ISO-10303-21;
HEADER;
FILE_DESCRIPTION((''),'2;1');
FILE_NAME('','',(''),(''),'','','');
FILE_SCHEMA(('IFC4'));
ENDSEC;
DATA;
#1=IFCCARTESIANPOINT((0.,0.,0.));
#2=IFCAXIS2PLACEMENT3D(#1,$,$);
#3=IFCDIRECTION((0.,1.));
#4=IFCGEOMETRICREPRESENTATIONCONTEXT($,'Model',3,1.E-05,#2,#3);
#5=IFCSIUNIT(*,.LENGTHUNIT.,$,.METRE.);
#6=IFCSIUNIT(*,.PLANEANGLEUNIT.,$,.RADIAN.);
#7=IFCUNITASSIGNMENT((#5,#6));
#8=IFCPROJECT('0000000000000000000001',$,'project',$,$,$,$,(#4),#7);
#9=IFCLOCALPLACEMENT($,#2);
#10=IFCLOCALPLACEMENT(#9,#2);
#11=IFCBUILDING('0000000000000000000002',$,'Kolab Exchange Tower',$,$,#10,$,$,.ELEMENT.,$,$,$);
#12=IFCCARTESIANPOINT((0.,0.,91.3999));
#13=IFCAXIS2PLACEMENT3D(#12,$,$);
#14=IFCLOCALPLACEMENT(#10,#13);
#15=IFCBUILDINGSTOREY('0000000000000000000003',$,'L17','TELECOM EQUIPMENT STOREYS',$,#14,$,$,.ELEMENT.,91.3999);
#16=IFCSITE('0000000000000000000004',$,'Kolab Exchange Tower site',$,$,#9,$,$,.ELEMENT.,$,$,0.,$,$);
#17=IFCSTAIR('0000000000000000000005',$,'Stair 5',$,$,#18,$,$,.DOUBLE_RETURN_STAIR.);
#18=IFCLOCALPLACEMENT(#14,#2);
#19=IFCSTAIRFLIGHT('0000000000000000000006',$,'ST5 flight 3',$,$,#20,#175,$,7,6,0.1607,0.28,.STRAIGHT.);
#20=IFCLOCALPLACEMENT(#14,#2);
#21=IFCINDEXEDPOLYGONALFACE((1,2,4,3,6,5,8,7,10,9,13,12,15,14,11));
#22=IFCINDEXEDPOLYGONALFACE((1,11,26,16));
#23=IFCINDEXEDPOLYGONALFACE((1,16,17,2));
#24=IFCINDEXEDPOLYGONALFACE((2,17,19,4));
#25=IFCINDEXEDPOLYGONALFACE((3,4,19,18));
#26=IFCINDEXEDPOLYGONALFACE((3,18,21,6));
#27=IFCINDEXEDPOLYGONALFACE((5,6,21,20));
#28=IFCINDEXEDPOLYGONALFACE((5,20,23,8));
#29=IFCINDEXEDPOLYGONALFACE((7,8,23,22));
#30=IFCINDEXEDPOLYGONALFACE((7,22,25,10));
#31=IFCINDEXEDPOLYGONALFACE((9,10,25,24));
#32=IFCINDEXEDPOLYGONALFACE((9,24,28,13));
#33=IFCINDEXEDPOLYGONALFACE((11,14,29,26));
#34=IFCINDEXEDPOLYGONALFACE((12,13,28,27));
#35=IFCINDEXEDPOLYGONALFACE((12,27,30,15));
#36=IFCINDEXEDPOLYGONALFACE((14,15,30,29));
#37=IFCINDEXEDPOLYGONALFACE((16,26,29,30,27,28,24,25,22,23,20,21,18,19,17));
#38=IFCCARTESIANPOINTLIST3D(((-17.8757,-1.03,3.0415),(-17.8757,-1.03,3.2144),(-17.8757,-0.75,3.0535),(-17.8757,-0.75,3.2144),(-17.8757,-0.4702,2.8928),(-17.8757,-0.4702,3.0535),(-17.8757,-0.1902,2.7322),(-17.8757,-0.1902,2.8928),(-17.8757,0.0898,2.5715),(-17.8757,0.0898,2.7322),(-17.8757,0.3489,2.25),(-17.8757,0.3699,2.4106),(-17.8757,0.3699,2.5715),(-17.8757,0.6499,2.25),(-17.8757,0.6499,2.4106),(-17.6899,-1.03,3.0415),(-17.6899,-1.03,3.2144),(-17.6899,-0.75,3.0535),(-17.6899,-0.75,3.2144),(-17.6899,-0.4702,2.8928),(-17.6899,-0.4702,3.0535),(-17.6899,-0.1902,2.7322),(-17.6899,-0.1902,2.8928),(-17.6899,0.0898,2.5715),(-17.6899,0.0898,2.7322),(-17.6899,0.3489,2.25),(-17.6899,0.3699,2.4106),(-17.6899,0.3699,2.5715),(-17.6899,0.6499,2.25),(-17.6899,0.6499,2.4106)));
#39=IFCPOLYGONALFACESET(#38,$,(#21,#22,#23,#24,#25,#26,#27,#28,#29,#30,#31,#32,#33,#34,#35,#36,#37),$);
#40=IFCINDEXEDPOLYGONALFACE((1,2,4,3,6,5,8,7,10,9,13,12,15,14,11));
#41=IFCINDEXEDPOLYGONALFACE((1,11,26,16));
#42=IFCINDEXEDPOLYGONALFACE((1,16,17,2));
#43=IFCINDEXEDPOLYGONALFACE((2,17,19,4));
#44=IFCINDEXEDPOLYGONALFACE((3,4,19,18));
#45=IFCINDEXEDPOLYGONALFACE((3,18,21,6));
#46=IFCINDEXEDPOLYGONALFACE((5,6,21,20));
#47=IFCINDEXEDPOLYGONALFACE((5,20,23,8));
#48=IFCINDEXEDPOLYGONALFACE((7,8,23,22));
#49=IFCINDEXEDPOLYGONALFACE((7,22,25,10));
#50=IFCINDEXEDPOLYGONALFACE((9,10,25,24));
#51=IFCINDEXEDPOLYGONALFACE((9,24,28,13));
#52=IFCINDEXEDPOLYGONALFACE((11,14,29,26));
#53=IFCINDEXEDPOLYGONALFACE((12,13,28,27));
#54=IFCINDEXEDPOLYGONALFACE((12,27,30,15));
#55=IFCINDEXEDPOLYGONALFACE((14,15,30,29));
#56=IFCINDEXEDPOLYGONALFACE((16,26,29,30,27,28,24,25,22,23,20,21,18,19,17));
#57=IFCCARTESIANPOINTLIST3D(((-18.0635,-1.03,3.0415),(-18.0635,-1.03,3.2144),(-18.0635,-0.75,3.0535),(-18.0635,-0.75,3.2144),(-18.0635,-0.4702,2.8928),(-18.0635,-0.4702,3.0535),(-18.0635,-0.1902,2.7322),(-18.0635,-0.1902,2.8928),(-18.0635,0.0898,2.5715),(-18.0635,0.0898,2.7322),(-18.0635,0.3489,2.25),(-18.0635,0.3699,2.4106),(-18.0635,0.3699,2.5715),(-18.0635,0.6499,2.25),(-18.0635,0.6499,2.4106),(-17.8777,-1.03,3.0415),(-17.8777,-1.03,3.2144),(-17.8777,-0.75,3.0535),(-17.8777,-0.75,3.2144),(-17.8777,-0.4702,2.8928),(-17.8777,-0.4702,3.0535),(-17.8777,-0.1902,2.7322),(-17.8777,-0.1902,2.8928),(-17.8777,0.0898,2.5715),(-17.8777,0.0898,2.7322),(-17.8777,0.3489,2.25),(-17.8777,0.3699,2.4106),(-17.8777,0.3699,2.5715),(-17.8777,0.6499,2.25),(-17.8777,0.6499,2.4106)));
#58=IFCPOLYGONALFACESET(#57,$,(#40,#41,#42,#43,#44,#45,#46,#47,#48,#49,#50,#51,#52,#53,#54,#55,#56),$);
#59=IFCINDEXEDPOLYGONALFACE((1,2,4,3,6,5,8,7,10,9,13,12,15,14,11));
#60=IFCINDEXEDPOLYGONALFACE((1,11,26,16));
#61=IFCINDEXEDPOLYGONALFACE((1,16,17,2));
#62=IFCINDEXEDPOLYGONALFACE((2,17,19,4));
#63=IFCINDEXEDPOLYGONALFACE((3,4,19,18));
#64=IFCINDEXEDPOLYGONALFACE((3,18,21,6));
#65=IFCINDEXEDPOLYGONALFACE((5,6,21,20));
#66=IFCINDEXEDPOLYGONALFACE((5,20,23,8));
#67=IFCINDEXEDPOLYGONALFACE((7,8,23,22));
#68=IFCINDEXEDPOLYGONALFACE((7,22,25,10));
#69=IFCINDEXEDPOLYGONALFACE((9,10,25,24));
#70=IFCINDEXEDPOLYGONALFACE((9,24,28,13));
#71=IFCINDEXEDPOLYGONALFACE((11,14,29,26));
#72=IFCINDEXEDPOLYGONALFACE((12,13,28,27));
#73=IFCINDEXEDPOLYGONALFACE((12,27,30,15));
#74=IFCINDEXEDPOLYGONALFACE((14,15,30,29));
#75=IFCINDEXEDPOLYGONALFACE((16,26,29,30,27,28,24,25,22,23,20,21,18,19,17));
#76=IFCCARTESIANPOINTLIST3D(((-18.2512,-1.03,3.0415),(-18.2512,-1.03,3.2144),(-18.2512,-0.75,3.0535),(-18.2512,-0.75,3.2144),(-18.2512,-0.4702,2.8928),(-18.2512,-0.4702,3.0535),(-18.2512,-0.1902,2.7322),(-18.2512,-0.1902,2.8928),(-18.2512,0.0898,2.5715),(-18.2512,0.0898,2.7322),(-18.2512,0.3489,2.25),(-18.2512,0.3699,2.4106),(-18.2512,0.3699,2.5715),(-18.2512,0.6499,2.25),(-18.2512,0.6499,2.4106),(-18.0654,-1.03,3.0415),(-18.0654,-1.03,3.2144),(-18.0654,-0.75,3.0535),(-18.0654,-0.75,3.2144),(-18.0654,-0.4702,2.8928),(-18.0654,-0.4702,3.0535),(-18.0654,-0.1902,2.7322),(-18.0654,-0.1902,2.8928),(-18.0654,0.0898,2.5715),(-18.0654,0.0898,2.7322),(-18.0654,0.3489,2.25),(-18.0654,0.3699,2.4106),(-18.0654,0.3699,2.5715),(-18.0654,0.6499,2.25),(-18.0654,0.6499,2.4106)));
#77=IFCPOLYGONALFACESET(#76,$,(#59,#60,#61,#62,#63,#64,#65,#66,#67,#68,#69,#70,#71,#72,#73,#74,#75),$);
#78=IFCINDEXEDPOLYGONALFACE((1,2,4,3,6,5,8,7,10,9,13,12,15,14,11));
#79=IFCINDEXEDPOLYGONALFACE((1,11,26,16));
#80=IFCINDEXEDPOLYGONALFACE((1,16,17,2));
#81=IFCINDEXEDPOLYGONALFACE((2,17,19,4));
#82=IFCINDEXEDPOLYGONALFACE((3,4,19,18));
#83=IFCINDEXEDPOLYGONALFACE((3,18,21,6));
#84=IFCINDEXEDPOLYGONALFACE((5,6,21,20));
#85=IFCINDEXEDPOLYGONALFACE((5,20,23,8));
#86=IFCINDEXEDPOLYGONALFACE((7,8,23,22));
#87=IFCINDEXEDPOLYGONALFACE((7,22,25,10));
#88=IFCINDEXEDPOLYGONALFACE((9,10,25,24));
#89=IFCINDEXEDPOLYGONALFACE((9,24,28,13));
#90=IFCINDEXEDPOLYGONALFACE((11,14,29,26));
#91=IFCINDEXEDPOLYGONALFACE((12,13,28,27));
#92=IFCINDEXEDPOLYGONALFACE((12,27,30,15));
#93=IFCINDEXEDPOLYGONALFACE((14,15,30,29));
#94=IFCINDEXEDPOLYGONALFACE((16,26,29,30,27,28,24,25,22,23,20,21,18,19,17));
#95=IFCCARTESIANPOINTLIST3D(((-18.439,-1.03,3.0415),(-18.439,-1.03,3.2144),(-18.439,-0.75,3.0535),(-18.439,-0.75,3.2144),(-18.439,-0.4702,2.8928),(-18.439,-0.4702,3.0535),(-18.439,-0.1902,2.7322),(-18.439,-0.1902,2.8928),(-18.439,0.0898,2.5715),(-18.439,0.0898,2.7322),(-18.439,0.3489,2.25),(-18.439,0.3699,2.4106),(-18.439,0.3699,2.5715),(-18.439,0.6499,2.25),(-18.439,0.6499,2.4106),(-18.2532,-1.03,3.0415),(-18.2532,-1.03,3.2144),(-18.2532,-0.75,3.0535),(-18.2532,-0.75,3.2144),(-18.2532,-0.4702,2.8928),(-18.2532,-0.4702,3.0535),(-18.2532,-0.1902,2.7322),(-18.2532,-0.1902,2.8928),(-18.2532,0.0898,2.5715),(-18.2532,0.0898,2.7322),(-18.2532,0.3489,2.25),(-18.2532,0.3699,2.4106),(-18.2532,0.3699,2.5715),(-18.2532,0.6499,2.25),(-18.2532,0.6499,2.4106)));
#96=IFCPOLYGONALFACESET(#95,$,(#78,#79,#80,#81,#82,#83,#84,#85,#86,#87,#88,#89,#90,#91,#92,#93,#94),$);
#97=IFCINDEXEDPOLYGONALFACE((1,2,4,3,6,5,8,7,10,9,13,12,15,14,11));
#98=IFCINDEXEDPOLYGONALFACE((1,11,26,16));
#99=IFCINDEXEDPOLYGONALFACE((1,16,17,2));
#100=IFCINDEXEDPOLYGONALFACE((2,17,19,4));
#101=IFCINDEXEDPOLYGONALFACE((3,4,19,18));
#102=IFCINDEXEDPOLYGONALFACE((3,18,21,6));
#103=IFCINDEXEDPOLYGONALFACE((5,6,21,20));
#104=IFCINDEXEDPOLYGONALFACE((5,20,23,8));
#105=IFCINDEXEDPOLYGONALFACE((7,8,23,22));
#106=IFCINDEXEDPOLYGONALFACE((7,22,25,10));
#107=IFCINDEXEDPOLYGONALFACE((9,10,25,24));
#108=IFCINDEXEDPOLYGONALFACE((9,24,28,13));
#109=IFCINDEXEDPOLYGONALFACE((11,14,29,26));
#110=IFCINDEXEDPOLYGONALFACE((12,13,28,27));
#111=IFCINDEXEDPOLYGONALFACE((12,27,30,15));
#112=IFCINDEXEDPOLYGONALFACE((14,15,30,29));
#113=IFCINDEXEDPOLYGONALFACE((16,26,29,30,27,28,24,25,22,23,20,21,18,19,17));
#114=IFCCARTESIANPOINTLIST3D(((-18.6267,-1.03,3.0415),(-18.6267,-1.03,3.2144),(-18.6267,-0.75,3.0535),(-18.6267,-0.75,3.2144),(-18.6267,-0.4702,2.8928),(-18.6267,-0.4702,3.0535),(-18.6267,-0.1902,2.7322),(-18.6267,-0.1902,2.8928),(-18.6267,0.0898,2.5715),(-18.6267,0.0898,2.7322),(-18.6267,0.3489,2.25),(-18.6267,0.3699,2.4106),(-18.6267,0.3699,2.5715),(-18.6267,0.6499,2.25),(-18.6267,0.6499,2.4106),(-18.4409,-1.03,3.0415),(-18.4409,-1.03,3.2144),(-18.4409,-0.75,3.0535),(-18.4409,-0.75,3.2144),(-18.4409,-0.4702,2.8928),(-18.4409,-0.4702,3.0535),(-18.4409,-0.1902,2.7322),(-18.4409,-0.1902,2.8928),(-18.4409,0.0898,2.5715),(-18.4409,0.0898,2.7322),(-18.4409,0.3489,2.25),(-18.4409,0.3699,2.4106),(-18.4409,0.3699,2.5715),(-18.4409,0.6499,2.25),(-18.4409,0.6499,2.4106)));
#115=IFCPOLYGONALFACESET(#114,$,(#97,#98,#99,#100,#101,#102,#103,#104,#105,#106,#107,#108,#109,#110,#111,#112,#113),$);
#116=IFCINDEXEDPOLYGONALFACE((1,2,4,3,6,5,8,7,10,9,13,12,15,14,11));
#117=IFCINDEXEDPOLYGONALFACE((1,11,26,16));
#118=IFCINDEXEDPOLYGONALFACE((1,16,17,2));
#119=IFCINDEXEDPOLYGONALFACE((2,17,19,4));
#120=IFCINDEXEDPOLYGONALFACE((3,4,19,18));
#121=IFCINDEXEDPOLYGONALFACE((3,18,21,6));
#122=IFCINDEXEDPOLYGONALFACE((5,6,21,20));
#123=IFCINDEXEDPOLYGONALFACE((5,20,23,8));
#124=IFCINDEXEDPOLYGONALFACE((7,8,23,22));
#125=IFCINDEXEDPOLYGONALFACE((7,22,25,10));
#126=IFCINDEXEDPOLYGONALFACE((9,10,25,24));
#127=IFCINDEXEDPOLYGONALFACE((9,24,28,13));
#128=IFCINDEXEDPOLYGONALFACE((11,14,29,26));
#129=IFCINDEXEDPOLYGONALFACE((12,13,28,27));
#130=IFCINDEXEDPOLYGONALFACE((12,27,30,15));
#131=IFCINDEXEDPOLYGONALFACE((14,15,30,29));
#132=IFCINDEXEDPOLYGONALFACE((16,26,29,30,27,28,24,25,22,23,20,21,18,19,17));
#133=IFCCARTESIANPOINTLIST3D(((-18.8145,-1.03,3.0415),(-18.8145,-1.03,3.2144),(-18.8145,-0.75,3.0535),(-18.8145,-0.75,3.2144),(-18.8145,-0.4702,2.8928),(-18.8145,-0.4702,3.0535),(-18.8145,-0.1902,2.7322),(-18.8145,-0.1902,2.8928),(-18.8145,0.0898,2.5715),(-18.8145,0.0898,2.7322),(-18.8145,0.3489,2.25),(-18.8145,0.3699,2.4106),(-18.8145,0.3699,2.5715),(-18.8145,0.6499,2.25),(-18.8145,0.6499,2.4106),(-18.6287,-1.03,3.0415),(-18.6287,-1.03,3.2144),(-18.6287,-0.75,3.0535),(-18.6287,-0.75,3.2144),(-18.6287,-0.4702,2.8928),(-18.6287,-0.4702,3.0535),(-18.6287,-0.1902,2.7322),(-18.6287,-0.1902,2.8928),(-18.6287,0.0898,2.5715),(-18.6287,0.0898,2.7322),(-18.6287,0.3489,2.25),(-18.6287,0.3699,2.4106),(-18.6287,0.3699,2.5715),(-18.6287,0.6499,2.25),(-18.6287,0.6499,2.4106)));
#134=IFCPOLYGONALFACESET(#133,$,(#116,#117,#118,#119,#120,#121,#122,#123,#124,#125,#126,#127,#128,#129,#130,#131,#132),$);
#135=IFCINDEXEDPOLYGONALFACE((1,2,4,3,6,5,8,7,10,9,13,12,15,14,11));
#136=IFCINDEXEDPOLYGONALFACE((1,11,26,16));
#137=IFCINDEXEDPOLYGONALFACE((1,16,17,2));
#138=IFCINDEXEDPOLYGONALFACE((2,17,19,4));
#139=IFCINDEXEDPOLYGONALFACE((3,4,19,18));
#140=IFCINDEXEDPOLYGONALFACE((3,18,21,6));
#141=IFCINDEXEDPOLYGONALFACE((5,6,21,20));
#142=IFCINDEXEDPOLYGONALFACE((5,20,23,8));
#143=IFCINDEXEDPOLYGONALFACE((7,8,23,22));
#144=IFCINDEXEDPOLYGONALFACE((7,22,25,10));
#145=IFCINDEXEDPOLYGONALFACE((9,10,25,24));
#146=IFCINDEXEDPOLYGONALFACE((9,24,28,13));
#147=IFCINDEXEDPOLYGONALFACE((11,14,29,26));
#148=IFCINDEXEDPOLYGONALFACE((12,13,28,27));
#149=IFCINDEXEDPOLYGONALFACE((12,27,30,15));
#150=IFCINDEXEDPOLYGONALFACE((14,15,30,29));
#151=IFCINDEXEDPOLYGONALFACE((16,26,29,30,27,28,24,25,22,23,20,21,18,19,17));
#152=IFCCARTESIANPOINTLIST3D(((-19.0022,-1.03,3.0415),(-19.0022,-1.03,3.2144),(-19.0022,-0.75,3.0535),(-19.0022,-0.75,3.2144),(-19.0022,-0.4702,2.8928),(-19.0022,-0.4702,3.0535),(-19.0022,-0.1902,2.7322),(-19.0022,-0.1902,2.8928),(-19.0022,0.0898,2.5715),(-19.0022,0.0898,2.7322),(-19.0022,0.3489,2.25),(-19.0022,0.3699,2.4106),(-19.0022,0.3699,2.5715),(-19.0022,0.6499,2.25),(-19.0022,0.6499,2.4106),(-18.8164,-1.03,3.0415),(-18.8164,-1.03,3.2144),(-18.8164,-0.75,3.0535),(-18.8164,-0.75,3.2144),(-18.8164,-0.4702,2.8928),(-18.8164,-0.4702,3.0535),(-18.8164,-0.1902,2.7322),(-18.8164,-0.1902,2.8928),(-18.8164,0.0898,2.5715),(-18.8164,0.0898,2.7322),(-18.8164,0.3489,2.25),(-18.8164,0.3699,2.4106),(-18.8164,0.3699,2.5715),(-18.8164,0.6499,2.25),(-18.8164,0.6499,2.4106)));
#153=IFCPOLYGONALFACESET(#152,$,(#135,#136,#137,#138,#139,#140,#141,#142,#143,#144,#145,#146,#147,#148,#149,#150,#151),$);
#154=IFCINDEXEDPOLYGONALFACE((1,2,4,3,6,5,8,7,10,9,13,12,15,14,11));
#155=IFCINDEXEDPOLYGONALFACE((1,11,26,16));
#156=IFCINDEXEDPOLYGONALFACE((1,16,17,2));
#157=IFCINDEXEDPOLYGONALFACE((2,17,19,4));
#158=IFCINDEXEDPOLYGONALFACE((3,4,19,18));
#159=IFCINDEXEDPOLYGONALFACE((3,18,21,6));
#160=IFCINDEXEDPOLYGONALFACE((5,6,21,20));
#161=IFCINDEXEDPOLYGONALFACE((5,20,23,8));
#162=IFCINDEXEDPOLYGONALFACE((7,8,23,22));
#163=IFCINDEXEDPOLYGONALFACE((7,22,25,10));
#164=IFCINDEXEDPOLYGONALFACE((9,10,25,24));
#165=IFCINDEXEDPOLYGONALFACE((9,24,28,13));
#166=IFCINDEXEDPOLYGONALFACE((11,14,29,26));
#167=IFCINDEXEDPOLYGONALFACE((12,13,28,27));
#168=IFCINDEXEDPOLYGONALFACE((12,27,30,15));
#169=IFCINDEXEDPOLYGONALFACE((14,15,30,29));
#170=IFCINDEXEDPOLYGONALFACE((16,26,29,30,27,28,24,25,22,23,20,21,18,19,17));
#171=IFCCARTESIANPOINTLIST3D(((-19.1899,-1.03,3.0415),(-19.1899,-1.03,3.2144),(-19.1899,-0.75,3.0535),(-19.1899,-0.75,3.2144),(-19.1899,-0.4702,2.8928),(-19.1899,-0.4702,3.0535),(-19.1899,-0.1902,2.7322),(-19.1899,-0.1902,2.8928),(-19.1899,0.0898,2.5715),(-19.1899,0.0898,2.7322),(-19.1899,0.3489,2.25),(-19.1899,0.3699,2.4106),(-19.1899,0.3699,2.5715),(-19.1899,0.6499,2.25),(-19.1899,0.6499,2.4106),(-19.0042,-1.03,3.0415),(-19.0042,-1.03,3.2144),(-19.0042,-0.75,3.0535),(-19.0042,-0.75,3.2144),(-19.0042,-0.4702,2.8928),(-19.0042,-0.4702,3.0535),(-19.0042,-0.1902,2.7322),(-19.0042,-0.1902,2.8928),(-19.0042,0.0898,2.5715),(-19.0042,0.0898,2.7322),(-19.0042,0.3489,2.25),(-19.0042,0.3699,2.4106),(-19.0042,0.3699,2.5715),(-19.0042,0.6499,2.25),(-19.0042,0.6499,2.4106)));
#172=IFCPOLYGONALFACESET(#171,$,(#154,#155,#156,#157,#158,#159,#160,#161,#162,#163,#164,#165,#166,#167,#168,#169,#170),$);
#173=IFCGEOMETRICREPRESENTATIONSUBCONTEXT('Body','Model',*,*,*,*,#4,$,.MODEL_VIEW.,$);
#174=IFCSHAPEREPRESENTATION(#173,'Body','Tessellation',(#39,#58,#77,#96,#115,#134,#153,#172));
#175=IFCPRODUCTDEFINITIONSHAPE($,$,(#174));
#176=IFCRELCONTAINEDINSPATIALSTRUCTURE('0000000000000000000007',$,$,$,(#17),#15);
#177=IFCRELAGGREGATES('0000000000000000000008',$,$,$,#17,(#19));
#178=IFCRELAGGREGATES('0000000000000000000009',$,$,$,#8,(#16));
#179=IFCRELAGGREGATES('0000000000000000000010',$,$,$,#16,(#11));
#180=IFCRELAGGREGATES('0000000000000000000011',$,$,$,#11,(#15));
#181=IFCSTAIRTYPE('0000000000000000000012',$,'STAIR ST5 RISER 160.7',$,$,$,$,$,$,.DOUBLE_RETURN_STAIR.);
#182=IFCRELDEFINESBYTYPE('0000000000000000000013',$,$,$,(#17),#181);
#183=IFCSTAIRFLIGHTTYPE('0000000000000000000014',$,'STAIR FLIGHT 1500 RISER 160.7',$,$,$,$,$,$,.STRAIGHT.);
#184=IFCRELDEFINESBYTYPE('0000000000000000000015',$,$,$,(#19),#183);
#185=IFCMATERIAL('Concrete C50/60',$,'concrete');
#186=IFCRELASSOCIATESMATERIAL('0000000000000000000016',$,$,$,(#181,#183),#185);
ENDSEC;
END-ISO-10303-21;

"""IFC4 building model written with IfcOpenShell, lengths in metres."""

from ifc_helpers import new_model, si_unit, direction, frame, origin, place, context, subcontext, project, spatial, polyline, outline, extrude, material, type_object, element, aggregate, save


model = new_model("IFC4")

# Units and contexts
model_context = context("Model", 3, precision=1e-05, world=origin(), true_north=direction((0.0, 1.0)))
body_context = subcontext(model_context, "Body", "Model", "MODEL_VIEW")
ifc_project = project(units=[si_unit("LENGTHUNIT", "METRE"), si_unit("PLANEANGLEUNIT", "RADIAN")], contexts=[model_context])

# Site, building, storey
site_placement = place(None, origin())
site = spatial("IfcSite", under=ifc_project, at=site_placement, Name="Kolab Exchange Tower site", CompositionType="ELEMENT", RefElevation=0.0)
building_placement = place(site_placement, origin())
building = spatial("IfcBuilding", under=site, at=building_placement, Name="Kolab Exchange Tower", CompositionType="ELEMENT")
storey_placement = place(building_placement, frame((0.0, 0.0, 91.3999)))
storey = spatial("IfcBuildingStorey", under=building, at=storey_placement, Name="L17", Description="TELECOM EQUIPMENT STOREYS", CompositionType="ELEMENT", Elevation=91.3999)

# Shared definitions
ifc_material_1 = material(Name="Concrete C50/60", Category="concrete")

# Stair, stair flight
stair_type = type_object("IfcStairType", Name="STAIR ST5 RISER 160.7", PredefinedType="DOUBLE_RETURN_STAIR", material=ifc_material_1)
stair_placement = place(storey_placement, origin())
stair = element("IfcStair", 1, at=stair_placement, inside=storey, type_object=stair_type, Name="Stair 5", PredefinedType="DOUBLE_RETURN_STAIR")
stair_flight_type = type_object("IfcStairFlightType", Name="STAIR FLIGHT 1500 RISER 160.7", PredefinedType="STRAIGHT", material=ifc_material_1)
stair_flight_1_placement = place(storey_placement, frame((-18.4399, 0.6499, 2.25), z_axis=(0.0, 0.0, 1.0), x_axis=(0.0, -1.0, 0.0)))
stair_flight_1 = element("IfcStairFlight", 2, at=stair_flight_1_placement, type_object=stair_flight_type, Name="ST5 flight 3", NumberOfRisers=7, NumberOfTreads=6, PredefinedType="STRAIGHT", RiserHeight=0.1607, TreadLength=0.28, context=body_context, shape_type="SweptSolid", body=[
    extrude(outline(polyline([(0.0, 0.0), (0.0, 0.1606), (0.28, 0.1606), (0.28, 0.3215), (0.5601, 0.3215), (0.5601, 0.4822), (0.8401, 0.4822), (0.8401, 0.6428), (1.1201, 0.6428), (1.1201, 0.8035), (1.3999, 0.8035), (1.3999, 0.9644), (1.6799, 0.9644), (1.6799, 1.125), (1.6799, 0.7915), (0.301, 0.0), (0.0, 0.0)])), frame((0.0, 0.75, 0.0), z_axis=(0.0, -1.0, 0.0), x_axis=(1.0, 0.0, 0.0)), (0.0, 0.0, 1.0), 0.1858),
    extrude(outline(polyline([(0.0, 0.0), (0.0, 0.1606), (0.28, 0.1606), (0.28, 0.3215), (0.5601, 0.3215), (0.5601, 0.4822), (0.8401, 0.4822), (0.8401, 0.6428), (1.1201, 0.6428), (1.1201, 0.8035), (1.3999, 0.8035), (1.3999, 0.9644), (1.6799, 0.9644), (1.6799, 1.125), (1.6799, 0.7915), (0.301, 0.0), (0.0, 0.0)])), frame((0.0, 0.5623, 0.0), z_axis=(0.0, -1.0, 0.0), x_axis=(1.0, 0.0, 0.0)), (0.0, 0.0, 1.0), 0.1858),
    extrude(outline(polyline([(0.0, 0.0), (0.0, 0.1606), (0.28, 0.1606), (0.28, 0.3215), (0.5601, 0.3215), (0.5601, 0.4822), (0.8401, 0.4822), (0.8401, 0.6428), (1.1201, 0.6428), (1.1201, 0.8035), (1.3999, 0.8035), (1.3999, 0.9644), (1.6799, 0.9644), (1.6799, 1.125), (1.6799, 0.7915), (0.301, 0.0), (0.0, 0.0)])), frame((0.0, 0.3745, 0.0), z_axis=(0.0, -1.0, 0.0), x_axis=(1.0, 0.0, 0.0)), (0.0, 0.0, 1.0), 0.1858),
    extrude(outline(polyline([(0.0, 0.0), (0.0, 0.1606), (0.28, 0.1606), (0.28, 0.3215), (0.5601, 0.3215), (0.5601, 0.4822), (0.8401, 0.4822), (0.8401, 0.6428), (1.1201, 0.6428), (1.1201, 0.8035), (1.3999, 0.8035), (1.3999, 0.9644), (1.6799, 0.9644), (1.6799, 1.125), (1.6799, 0.7915), (0.301, 0.0), (0.0, 0.0)])), frame((0.0, 0.1868, 0.0), z_axis=(0.0, -1.0, 0.0), x_axis=(1.0, 0.0, 0.0)), (0.0, 0.0, 1.0), 0.1858),
    extrude(outline(polyline([(0.0, 0.0), (0.0, 0.1606), (0.28, 0.1606), (0.28, 0.3215), (0.5601, 0.3215), (0.5601, 0.4822), (0.8401, 0.4822), (0.8401, 0.6428), (1.1201, 0.6428), (1.1201, 0.8035), (1.3999, 0.8035), (1.3999, 0.9644), (1.6799, 0.9644), (1.6799, 1.125), (1.6799, 0.7915), (0.301, 0.0), (0.0, 0.0)])), frame((0.0, -0.001, 0.0), z_axis=(0.0, -1.0, 0.0), x_axis=(1.0, 0.0, 0.0)), (0.0, 0.0, 1.0), 0.1858),
    extrude(outline(polyline([(0.0, 0.0), (0.0, 0.1606), (0.28, 0.1606), (0.28, 0.3215), (0.5601, 0.3215), (0.5601, 0.4822), (0.8401, 0.4822), (0.8401, 0.6428), (1.1201, 0.6428), (1.1201, 0.8035), (1.3999, 0.8035), (1.3999, 0.9644), (1.6799, 0.9644), (1.6799, 1.125), (1.6799, 0.7915), (0.301, 0.0), (0.0, 0.0)])), frame((0.0, -0.1887, 0.0), z_axis=(0.0, -1.0, 0.0), x_axis=(1.0, 0.0, 0.0)), (0.0, 0.0, 1.0), 0.1858),
    extrude(outline(polyline([(0.0, 0.0), (0.0, 0.1606), (0.28, 0.1606), (0.28, 0.3215), (0.5601, 0.3215), (0.5601, 0.4822), (0.8401, 0.4822), (0.8401, 0.6428), (1.1201, 0.6428), (1.1201, 0.8035), (1.3999, 0.8035), (1.3999, 0.9644), (1.6799, 0.9644), (1.6799, 1.125), (1.6799, 0.7915), (0.301, 0.0), (0.0, 0.0)])), frame((0.0, -0.3765, 0.0), z_axis=(0.0, -1.0, 0.0), x_axis=(1.0, 0.0, 0.0)), (0.0, 0.0, 1.0), 0.1858),
    extrude(outline(polyline([(0.0, 0.0), (0.0, 0.1606), (0.28, 0.1606), (0.28, 0.3215), (0.5601, 0.3215), (0.5601, 0.4822), (0.8401, 0.4822), (0.8401, 0.6428), (1.1201, 0.6428), (1.1201, 0.8035), (1.3999, 0.8035), (1.3999, 0.9644), (1.6799, 0.9644), (1.6799, 1.125), (1.6799, 0.7915), (0.301, 0.0), (0.0, 0.0)])), frame((0.0, -0.5642, 0.0), z_axis=(0.0, -1.0, 0.0), x_axis=(1.0, 0.0, 0.0)), (0.0, 0.0, 1.0), 0.1858),
])
aggregate(stair, [stair_flight_1])

save(model, "model.ifc")
